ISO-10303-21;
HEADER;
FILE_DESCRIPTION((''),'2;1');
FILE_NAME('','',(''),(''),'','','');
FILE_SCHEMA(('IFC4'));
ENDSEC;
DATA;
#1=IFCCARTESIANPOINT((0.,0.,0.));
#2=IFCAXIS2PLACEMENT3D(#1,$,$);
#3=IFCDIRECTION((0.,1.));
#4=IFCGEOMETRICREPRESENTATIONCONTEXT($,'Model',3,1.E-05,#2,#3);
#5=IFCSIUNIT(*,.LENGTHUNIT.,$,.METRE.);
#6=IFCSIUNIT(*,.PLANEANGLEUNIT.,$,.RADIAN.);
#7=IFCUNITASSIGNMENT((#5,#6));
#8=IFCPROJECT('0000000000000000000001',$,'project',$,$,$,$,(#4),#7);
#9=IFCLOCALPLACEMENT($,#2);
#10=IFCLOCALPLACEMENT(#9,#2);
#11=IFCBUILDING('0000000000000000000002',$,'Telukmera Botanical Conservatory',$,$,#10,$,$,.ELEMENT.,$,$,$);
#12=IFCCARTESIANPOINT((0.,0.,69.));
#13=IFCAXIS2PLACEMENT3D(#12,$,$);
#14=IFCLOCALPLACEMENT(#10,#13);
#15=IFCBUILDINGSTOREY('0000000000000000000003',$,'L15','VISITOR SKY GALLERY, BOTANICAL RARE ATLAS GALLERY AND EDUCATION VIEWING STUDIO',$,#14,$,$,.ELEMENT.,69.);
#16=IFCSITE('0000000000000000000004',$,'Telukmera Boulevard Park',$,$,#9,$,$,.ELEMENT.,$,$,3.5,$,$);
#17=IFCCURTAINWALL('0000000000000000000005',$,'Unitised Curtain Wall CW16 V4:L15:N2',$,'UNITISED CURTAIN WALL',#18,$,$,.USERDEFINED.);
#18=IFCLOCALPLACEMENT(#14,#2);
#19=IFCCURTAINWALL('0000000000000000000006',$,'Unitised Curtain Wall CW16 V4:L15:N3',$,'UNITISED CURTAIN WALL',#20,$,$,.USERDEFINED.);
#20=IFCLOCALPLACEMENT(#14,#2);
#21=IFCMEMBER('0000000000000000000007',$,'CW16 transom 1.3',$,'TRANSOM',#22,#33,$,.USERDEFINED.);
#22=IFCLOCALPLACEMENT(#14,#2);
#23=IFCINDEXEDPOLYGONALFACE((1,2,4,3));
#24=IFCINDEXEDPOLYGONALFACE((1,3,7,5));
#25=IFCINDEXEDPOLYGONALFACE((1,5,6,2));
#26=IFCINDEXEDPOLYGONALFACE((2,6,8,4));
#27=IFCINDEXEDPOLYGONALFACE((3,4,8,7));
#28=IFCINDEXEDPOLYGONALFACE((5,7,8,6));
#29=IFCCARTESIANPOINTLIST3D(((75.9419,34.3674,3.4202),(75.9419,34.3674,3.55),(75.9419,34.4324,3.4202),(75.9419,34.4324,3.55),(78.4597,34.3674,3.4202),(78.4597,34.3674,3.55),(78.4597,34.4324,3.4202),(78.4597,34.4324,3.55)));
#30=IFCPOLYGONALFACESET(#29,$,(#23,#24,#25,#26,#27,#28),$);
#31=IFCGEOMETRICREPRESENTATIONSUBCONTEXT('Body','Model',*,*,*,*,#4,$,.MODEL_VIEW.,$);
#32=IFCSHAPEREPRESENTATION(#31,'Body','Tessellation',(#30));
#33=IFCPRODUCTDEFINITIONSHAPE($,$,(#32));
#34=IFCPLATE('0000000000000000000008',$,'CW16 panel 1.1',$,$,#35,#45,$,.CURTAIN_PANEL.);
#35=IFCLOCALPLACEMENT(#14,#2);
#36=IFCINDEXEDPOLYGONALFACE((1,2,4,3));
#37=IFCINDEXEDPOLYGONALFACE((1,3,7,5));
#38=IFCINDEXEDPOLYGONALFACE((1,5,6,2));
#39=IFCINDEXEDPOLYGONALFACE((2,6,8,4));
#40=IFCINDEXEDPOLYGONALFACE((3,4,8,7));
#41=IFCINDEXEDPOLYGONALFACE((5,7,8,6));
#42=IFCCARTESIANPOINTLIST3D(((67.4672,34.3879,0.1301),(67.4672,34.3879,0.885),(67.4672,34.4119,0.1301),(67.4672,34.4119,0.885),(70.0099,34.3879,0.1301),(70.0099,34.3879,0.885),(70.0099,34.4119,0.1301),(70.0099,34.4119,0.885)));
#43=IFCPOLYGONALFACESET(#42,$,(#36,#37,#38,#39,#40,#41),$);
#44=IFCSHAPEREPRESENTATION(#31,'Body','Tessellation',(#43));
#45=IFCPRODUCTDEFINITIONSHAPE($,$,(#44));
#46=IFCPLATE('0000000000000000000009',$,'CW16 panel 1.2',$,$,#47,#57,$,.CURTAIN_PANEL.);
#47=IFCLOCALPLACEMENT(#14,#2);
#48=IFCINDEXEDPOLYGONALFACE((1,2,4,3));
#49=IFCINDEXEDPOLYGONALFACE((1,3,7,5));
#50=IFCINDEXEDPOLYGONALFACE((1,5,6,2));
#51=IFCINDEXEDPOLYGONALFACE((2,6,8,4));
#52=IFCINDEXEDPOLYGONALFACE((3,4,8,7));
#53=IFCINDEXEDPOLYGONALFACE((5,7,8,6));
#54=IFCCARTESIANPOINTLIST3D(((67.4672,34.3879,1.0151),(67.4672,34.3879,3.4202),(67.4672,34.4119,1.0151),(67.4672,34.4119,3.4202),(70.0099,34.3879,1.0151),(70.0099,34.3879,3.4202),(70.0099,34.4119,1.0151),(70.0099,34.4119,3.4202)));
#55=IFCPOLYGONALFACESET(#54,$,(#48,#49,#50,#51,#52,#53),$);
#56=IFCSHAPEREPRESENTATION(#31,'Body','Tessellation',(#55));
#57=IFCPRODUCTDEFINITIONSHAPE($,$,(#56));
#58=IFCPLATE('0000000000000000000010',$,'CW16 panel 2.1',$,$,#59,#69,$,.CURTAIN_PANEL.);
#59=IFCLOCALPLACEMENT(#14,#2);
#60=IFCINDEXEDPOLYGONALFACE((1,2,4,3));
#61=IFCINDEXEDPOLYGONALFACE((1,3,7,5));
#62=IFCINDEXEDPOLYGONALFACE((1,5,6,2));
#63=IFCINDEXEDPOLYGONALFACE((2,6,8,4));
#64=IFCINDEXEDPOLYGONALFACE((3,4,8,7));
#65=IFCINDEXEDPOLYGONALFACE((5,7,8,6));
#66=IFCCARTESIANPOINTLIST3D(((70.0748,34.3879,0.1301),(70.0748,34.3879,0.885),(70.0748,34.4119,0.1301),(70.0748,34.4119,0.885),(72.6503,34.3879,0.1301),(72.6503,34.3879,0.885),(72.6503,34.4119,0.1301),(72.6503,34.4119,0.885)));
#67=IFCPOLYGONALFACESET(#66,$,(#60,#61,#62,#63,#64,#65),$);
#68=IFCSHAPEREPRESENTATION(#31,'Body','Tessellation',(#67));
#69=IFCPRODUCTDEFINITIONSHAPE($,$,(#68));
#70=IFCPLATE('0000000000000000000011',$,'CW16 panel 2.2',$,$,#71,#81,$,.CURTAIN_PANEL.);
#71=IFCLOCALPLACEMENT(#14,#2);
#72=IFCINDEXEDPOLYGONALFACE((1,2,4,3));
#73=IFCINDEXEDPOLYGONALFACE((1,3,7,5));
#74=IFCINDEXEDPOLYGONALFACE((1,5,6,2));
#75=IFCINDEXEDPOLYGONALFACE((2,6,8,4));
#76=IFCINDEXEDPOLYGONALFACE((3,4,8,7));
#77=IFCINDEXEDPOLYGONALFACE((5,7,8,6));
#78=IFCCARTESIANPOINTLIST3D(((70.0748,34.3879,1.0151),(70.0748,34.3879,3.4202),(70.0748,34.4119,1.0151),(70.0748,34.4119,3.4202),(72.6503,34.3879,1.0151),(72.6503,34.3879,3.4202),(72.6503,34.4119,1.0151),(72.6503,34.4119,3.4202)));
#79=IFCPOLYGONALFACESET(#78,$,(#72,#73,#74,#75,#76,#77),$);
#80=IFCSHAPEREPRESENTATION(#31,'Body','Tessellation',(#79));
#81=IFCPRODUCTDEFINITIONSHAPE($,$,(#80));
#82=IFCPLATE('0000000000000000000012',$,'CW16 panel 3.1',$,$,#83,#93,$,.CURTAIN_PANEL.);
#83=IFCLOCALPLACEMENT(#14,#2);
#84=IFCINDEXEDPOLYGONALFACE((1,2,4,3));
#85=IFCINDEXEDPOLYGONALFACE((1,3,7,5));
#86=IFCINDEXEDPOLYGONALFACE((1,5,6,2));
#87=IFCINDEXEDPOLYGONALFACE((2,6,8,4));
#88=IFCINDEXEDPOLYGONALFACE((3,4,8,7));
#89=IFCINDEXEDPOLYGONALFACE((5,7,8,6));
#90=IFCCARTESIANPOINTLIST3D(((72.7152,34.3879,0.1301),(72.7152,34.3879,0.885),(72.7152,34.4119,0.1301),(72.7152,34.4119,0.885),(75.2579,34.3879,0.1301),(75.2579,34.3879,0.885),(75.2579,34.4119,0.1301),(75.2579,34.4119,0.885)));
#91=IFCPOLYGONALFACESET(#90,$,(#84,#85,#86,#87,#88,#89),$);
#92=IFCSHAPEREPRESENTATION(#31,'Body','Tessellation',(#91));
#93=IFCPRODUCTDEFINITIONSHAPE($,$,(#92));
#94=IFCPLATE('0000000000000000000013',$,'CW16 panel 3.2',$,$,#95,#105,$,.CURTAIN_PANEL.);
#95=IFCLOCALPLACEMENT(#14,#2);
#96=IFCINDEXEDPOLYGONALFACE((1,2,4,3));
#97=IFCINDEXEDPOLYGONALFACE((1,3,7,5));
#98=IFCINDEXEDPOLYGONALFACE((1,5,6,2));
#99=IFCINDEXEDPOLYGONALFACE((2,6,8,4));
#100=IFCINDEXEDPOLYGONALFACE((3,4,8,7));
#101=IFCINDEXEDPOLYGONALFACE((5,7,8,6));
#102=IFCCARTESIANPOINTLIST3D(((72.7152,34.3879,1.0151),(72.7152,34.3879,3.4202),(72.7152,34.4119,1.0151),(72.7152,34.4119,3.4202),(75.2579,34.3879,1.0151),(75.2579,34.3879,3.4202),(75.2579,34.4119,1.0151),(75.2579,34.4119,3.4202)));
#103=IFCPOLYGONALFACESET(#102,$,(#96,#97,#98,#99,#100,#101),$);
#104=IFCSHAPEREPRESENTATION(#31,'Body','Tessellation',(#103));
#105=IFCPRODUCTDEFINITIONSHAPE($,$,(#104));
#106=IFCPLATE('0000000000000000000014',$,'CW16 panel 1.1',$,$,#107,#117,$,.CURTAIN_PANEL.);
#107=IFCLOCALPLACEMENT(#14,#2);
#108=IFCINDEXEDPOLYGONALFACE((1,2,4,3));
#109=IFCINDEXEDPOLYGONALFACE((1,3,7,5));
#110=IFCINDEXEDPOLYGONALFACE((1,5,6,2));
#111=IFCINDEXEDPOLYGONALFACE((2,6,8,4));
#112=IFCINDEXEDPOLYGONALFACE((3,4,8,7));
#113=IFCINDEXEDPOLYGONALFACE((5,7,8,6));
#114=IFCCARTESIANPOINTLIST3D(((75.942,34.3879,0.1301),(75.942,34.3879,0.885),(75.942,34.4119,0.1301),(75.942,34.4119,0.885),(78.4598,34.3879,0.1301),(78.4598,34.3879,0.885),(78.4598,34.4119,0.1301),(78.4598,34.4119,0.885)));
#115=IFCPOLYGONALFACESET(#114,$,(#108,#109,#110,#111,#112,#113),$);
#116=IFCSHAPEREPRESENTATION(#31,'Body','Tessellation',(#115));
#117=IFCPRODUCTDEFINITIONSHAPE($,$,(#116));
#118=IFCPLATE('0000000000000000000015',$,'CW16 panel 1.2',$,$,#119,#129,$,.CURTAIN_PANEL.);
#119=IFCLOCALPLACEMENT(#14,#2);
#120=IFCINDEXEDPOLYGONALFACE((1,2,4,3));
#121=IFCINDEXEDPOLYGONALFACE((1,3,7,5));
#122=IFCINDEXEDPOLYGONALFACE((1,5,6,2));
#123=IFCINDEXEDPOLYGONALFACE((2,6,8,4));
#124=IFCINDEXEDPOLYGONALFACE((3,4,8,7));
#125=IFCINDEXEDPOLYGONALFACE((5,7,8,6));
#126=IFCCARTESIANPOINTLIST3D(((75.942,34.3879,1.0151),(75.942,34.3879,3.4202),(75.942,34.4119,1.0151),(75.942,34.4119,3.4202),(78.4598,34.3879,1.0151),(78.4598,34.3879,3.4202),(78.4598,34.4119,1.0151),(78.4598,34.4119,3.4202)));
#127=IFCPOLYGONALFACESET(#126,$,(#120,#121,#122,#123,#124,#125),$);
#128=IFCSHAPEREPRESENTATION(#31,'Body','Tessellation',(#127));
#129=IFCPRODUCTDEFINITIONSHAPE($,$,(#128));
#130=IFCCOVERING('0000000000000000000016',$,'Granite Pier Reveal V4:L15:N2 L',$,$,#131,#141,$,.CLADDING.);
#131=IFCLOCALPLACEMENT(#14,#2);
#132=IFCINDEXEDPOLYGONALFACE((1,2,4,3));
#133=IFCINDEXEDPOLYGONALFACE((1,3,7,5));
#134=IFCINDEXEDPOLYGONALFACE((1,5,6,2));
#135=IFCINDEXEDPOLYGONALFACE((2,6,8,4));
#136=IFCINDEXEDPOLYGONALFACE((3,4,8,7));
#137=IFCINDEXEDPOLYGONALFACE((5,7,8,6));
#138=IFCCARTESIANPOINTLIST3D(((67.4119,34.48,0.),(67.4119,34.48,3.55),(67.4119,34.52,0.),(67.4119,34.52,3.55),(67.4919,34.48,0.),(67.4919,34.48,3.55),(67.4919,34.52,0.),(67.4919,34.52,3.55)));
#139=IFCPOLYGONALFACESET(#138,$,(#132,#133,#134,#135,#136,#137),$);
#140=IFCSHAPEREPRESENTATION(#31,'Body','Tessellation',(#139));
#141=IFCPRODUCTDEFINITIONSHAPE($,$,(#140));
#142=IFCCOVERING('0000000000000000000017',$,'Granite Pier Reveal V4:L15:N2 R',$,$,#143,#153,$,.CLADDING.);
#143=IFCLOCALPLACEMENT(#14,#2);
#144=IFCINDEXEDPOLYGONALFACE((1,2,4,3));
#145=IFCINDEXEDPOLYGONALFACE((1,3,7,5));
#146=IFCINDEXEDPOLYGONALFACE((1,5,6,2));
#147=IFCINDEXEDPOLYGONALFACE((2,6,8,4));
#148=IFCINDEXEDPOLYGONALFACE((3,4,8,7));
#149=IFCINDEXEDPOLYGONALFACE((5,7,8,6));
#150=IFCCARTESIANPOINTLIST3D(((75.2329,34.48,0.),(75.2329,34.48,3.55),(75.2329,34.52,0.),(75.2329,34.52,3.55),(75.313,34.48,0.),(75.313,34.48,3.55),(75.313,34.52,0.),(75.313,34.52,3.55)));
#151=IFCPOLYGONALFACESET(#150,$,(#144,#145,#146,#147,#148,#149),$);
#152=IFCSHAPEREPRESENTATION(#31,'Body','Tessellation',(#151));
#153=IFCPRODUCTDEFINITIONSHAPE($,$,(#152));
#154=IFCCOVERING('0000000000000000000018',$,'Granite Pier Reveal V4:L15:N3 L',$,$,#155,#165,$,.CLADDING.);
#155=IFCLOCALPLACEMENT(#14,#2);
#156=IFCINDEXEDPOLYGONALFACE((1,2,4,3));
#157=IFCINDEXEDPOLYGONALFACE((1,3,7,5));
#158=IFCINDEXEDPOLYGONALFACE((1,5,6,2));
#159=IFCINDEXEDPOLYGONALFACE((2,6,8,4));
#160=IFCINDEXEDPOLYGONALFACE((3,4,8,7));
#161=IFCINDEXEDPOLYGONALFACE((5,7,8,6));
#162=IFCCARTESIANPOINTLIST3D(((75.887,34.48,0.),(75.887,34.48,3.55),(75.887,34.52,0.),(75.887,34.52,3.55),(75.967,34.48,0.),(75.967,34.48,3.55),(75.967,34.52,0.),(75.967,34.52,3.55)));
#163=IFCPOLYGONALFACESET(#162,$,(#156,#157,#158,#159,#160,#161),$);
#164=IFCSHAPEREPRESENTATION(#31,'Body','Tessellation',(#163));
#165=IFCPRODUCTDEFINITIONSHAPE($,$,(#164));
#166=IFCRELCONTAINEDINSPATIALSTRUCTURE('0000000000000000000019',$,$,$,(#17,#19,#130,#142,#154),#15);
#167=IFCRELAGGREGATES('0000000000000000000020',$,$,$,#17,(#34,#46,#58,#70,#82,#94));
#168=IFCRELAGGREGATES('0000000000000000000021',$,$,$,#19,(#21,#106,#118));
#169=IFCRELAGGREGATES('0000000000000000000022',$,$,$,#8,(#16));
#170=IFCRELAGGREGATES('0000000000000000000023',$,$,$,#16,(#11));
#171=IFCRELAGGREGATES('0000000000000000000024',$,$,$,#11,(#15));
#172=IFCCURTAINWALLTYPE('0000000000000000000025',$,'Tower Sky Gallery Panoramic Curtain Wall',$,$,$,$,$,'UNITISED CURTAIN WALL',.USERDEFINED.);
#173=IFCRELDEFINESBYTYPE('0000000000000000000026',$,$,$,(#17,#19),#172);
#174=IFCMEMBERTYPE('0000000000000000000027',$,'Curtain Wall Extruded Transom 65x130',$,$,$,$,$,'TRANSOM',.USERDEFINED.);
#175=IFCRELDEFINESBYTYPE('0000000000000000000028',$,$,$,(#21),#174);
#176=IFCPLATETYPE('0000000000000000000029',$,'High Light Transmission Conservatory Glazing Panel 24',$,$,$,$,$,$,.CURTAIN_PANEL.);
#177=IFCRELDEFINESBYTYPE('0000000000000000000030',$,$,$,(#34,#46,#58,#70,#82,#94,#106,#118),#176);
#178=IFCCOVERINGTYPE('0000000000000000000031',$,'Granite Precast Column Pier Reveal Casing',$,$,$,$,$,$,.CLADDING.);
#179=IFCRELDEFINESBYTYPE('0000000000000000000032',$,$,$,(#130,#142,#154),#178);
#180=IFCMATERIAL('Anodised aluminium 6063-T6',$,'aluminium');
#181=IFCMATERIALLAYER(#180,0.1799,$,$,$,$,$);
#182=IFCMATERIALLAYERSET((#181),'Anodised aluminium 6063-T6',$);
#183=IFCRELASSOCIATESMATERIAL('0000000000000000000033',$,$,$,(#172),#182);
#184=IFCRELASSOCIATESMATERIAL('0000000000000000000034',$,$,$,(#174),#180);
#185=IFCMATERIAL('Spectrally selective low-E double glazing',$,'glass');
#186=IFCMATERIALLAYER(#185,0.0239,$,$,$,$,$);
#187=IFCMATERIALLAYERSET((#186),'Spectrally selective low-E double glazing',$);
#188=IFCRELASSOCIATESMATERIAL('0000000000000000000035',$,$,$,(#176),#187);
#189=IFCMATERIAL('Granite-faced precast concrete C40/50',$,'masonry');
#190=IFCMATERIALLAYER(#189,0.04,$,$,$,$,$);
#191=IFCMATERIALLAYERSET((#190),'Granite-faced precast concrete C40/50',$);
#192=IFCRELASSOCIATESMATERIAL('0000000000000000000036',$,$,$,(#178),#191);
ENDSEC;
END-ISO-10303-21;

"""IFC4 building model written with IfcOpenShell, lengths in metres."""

from ifc_helpers import new_model, si_unit, direction, frame, origin, origin_2d, place, context, subcontext, project, spatial, rectangle, extrude, material, layer, layer_set, material_profile, profile_set, type_object, element, aggregate, save


model = new_model("IFC4")

# Units and contexts
model_context = context("Model", 3, precision=1e-05, world=origin(), true_north=direction((0.0, 1.0)))
body_context = subcontext(model_context, "Body", "Model", "MODEL_VIEW")
ifc_project = project(units=[si_unit("LENGTHUNIT", "METRE"), si_unit("PLANEANGLEUNIT", "RADIAN")], contexts=[model_context])

# Site, building, storey
site_placement = place(None, origin())
site = spatial("IfcSite", under=ifc_project, at=site_placement, Name="Telukmera Boulevard Park", CompositionType="ELEMENT", RefElevation=3.5)
building_placement = place(site_placement, origin())
building = spatial("IfcBuilding", under=site, at=building_placement, Name="Telukmera Botanical Conservatory", CompositionType="ELEMENT")
storey_placement = place(building_placement, frame((0.0, 0.0, 69.0)))
storey = spatial("IfcBuildingStorey", under=building, at=storey_placement, Name="L15", Description="VISITOR SKY GALLERY, BOTANICAL RARE ATLAS GALLERY AND EDUCATION VIEWING STUDIO", CompositionType="ELEMENT", Elevation=69.0)

# Curtain wall
ifc_material_1 = material(Name="Anodised aluminium 6063-T6", Category="aluminium")
ifc_layer_1 = layer(ifc_material_1, 0.1799)
ifc_layer_set_1 = layer_set([ifc_layer_1], Name="Anodised aluminium 6063-T6")
curtain_wall_type = type_object("IfcCurtainWallType", Name="Tower Sky Gallery Panoramic Curtain Wall", ElementType="UNITISED CURTAIN WALL", PredefinedType="USERDEFINED", material=ifc_layer_set_1)
curtain_wall_1_placement = place(storey_placement, origin())
curtain_wall_1 = element("IfcCurtainWall", 1, at=curtain_wall_1_placement, inside=storey, type_object=curtain_wall_type, Name="Unitised Curtain Wall CW16 V4:L15:N2", ObjectType="UNITISED CURTAIN WALL", PredefinedType="USERDEFINED")

# Curtain wall
curtain_wall_2_placement = place(storey_placement, origin())
curtain_wall_2 = element("IfcCurtainWall", 2, at=curtain_wall_2_placement, inside=storey, type_object=curtain_wall_type, Name="Unitised Curtain Wall CW16 V4:L15:N3", ObjectType="UNITISED CURTAIN WALL", PredefinedType="USERDEFINED")

# Member
ifc_material_profile_1 = material_profile(ifc_material_1, rectangle(XDim=0.0649, YDim=0.1299, at=origin_2d()), Name="ALU TRAN 65x130")
ifc_profile_set_1 = profile_set([ifc_material_profile_1], Name="Anodised aluminium 6063-T6")
member_type_1 = type_object("IfcMemberType", Name="Curtain Wall Extruded Transom 65x130", ElementType="TRANSOM", PredefinedType="USERDEFINED", material=ifc_profile_set_1)
member_1_placement = place(storey_placement, frame((75.9419, 34.3999, 3.4851), z_axis=(1.0, 0.0, 0.0), x_axis=(0.0, 1.0, 0.0)))
member_1 = element("IfcMember", 3, at=member_1_placement, type_object=member_type_1, Name="CW16 transom 1.3", ObjectType="TRANSOM", PredefinedType="USERDEFINED", context=body_context, shape_type="SweptSolid", body=[
    extrude(rectangle(XDim=0.0649, YDim=0.1299, at=origin_2d()), origin(), (0.0, 0.0, 1.0), 2.5178),
])

# Plates
ifc_material_2 = material(Name="Spectrally selective low-E double glazing", Category="glass")
ifc_layer_2 = layer(ifc_material_2, 0.0239)
ifc_layer_set_2 = layer_set([ifc_layer_2], Name="Spectrally selective low-E double glazing")
plate_type = type_object("IfcPlateType", Name="High Light Transmission Conservatory Glazing Panel 24", PredefinedType="CURTAIN_PANEL", material=ifc_layer_set_2)
plate_1_placement = place(storey_placement, frame((68.7385, 34.3999, 0.1301), z_axis=(0.0, 0.0, 1.0), x_axis=(1.0, 0.0, 0.0)))
plate_1 = element("IfcPlate", 4, at=plate_1_placement, type_object=plate_type, Name="CW16 panel 1.1", PredefinedType="CURTAIN_PANEL", context=body_context, shape_type="SweptSolid", body=[
    extrude(rectangle(XDim=2.5427, YDim=0.0239, at=origin_2d()), origin(), (0.0, 0.0, 1.0), 0.7549),
])
plate_2_placement = place(storey_placement, frame((68.7385, 34.3999, 1.0151), z_axis=(0.0, 0.0, 1.0), x_axis=(1.0, 0.0, 0.0)))
plate_2 = element("IfcPlate", 5, at=plate_2_placement, type_object=plate_type, Name="CW16 panel 1.2", PredefinedType="CURTAIN_PANEL", context=body_context, shape_type="SweptSolid", body=[
    extrude(rectangle(XDim=2.5427, YDim=0.0239, at=origin_2d()), origin(), (0.0, 0.0, 1.0), 2.405),
])
plate_3_placement = place(storey_placement, frame((71.3625, 34.3999, 0.1301), z_axis=(0.0, 0.0, 1.0), x_axis=(1.0, 0.0, 0.0)))
plate_3 = element("IfcPlate", 6, at=plate_3_placement, type_object=plate_type, Name="CW16 panel 2.1", PredefinedType="CURTAIN_PANEL", context=body_context, shape_type="SweptSolid", body=[
    extrude(rectangle(XDim=2.5754, YDim=0.0239, at=origin_2d()), origin(), (0.0, 0.0, 1.0), 0.7549),
])
plate_4_placement = place(storey_placement, frame((71.3625, 34.3999, 1.0151), z_axis=(0.0, 0.0, 1.0), x_axis=(1.0, 0.0, 0.0)))
plate_4 = element("IfcPlate", 7, at=plate_4_placement, type_object=plate_type, Name="CW16 panel 2.2", PredefinedType="CURTAIN_PANEL", context=body_context, shape_type="SweptSolid", body=[
    extrude(rectangle(XDim=2.5754, YDim=0.0239, at=origin_2d()), origin(), (0.0, 0.0, 1.0), 2.405),
])
plate_5_placement = place(storey_placement, frame((73.9866, 34.3999, 0.1301), z_axis=(0.0, 0.0, 1.0), x_axis=(1.0, 0.0, 0.0)))
plate_5 = element("IfcPlate", 8, at=plate_5_placement, type_object=plate_type, Name="CW16 panel 3.1", PredefinedType="CURTAIN_PANEL", context=body_context, shape_type="SweptSolid", body=[
    extrude(rectangle(XDim=2.5427, YDim=0.0239, at=origin_2d()), origin(), (0.0, 0.0, 1.0), 0.7549),
])
plate_6_placement = place(storey_placement, frame((73.9866, 34.3999, 1.0151), z_axis=(0.0, 0.0, 1.0), x_axis=(1.0, 0.0, 0.0)))
plate_6 = element("IfcPlate", 9, at=plate_6_placement, type_object=plate_type, Name="CW16 panel 3.2", PredefinedType="CURTAIN_PANEL", context=body_context, shape_type="SweptSolid", body=[
    extrude(rectangle(XDim=2.5427, YDim=0.0239, at=origin_2d()), origin(), (0.0, 0.0, 1.0), 2.405),
])
aggregate(curtain_wall_1, [plate_1, plate_2, plate_3, plate_4, plate_5, plate_6])
plate_7_placement = place(storey_placement, frame((77.2009, 34.3999, 0.1301), z_axis=(0.0, 0.0, 1.0), x_axis=(1.0, 0.0, 0.0)))
plate_7 = element("IfcPlate", 10, at=plate_7_placement, type_object=plate_type, Name="CW16 panel 1.1", PredefinedType="CURTAIN_PANEL", context=body_context, shape_type="SweptSolid", body=[
    extrude(rectangle(XDim=2.5178, YDim=0.0239, at=origin_2d()), origin(), (0.0, 0.0, 1.0), 0.7549),
])
plate_8_placement = place(storey_placement, frame((77.2009, 34.3999, 1.0151), z_axis=(0.0, 0.0, 1.0), x_axis=(1.0, 0.0, 0.0)))
plate_8 = element("IfcPlate", 11, at=plate_8_placement, type_object=plate_type, Name="CW16 panel 1.2", PredefinedType="CURTAIN_PANEL", context=body_context, shape_type="SweptSolid", body=[
    extrude(rectangle(XDim=2.5178, YDim=0.0239, at=origin_2d()), origin(), (0.0, 0.0, 1.0), 2.405),
])
aggregate(curtain_wall_2, [member_1, plate_7, plate_8])

# Coverings
ifc_material_3 = material(Name="Granite-faced precast concrete C40/50", Category="masonry")
ifc_layer_3 = layer(ifc_material_3, 0.04)
ifc_layer_set_3 = layer_set([ifc_layer_3], Name="Granite-faced precast concrete C40/50")
covering_type = type_object("IfcCoveringType", Name="Granite Precast Column Pier Reveal Casing", PredefinedType="CLADDING", material=ifc_layer_set_3)
for number, where, z_axis, x_axis, name in (
    (12, (67.4519, 34.5, 0.0), (0.0, 0.0, 1.0), (1.0, 0.0, 0.0), "Granite Pier Reveal V4:L15:N2 L"),
    (13, (75.2729, 34.5, 0.0), (0.0, 0.0, 1.0), (1.0, 0.0, 0.0), "Granite Pier Reveal V4:L15:N2 R"),
    (14, (75.927, 34.5, 0.0), (0.0, 0.0, 1.0), (1.0, 0.0, 0.0), "Granite Pier Reveal V4:L15:N3 L"),
):
    element("IfcCovering", number, at=place(storey_placement, frame(where, z_axis=z_axis, x_axis=x_axis)), inside=storey, type_object=covering_type, Name=name, PredefinedType="CLADDING", context=body_context, shape_type="SweptSolid", body=[
        extrude(rectangle(XDim=0.0801, YDim=0.04, at=origin_2d()), origin(), (0.0, 0.0, 1.0), 3.55),
    ])

save(model, "model.ifc")
